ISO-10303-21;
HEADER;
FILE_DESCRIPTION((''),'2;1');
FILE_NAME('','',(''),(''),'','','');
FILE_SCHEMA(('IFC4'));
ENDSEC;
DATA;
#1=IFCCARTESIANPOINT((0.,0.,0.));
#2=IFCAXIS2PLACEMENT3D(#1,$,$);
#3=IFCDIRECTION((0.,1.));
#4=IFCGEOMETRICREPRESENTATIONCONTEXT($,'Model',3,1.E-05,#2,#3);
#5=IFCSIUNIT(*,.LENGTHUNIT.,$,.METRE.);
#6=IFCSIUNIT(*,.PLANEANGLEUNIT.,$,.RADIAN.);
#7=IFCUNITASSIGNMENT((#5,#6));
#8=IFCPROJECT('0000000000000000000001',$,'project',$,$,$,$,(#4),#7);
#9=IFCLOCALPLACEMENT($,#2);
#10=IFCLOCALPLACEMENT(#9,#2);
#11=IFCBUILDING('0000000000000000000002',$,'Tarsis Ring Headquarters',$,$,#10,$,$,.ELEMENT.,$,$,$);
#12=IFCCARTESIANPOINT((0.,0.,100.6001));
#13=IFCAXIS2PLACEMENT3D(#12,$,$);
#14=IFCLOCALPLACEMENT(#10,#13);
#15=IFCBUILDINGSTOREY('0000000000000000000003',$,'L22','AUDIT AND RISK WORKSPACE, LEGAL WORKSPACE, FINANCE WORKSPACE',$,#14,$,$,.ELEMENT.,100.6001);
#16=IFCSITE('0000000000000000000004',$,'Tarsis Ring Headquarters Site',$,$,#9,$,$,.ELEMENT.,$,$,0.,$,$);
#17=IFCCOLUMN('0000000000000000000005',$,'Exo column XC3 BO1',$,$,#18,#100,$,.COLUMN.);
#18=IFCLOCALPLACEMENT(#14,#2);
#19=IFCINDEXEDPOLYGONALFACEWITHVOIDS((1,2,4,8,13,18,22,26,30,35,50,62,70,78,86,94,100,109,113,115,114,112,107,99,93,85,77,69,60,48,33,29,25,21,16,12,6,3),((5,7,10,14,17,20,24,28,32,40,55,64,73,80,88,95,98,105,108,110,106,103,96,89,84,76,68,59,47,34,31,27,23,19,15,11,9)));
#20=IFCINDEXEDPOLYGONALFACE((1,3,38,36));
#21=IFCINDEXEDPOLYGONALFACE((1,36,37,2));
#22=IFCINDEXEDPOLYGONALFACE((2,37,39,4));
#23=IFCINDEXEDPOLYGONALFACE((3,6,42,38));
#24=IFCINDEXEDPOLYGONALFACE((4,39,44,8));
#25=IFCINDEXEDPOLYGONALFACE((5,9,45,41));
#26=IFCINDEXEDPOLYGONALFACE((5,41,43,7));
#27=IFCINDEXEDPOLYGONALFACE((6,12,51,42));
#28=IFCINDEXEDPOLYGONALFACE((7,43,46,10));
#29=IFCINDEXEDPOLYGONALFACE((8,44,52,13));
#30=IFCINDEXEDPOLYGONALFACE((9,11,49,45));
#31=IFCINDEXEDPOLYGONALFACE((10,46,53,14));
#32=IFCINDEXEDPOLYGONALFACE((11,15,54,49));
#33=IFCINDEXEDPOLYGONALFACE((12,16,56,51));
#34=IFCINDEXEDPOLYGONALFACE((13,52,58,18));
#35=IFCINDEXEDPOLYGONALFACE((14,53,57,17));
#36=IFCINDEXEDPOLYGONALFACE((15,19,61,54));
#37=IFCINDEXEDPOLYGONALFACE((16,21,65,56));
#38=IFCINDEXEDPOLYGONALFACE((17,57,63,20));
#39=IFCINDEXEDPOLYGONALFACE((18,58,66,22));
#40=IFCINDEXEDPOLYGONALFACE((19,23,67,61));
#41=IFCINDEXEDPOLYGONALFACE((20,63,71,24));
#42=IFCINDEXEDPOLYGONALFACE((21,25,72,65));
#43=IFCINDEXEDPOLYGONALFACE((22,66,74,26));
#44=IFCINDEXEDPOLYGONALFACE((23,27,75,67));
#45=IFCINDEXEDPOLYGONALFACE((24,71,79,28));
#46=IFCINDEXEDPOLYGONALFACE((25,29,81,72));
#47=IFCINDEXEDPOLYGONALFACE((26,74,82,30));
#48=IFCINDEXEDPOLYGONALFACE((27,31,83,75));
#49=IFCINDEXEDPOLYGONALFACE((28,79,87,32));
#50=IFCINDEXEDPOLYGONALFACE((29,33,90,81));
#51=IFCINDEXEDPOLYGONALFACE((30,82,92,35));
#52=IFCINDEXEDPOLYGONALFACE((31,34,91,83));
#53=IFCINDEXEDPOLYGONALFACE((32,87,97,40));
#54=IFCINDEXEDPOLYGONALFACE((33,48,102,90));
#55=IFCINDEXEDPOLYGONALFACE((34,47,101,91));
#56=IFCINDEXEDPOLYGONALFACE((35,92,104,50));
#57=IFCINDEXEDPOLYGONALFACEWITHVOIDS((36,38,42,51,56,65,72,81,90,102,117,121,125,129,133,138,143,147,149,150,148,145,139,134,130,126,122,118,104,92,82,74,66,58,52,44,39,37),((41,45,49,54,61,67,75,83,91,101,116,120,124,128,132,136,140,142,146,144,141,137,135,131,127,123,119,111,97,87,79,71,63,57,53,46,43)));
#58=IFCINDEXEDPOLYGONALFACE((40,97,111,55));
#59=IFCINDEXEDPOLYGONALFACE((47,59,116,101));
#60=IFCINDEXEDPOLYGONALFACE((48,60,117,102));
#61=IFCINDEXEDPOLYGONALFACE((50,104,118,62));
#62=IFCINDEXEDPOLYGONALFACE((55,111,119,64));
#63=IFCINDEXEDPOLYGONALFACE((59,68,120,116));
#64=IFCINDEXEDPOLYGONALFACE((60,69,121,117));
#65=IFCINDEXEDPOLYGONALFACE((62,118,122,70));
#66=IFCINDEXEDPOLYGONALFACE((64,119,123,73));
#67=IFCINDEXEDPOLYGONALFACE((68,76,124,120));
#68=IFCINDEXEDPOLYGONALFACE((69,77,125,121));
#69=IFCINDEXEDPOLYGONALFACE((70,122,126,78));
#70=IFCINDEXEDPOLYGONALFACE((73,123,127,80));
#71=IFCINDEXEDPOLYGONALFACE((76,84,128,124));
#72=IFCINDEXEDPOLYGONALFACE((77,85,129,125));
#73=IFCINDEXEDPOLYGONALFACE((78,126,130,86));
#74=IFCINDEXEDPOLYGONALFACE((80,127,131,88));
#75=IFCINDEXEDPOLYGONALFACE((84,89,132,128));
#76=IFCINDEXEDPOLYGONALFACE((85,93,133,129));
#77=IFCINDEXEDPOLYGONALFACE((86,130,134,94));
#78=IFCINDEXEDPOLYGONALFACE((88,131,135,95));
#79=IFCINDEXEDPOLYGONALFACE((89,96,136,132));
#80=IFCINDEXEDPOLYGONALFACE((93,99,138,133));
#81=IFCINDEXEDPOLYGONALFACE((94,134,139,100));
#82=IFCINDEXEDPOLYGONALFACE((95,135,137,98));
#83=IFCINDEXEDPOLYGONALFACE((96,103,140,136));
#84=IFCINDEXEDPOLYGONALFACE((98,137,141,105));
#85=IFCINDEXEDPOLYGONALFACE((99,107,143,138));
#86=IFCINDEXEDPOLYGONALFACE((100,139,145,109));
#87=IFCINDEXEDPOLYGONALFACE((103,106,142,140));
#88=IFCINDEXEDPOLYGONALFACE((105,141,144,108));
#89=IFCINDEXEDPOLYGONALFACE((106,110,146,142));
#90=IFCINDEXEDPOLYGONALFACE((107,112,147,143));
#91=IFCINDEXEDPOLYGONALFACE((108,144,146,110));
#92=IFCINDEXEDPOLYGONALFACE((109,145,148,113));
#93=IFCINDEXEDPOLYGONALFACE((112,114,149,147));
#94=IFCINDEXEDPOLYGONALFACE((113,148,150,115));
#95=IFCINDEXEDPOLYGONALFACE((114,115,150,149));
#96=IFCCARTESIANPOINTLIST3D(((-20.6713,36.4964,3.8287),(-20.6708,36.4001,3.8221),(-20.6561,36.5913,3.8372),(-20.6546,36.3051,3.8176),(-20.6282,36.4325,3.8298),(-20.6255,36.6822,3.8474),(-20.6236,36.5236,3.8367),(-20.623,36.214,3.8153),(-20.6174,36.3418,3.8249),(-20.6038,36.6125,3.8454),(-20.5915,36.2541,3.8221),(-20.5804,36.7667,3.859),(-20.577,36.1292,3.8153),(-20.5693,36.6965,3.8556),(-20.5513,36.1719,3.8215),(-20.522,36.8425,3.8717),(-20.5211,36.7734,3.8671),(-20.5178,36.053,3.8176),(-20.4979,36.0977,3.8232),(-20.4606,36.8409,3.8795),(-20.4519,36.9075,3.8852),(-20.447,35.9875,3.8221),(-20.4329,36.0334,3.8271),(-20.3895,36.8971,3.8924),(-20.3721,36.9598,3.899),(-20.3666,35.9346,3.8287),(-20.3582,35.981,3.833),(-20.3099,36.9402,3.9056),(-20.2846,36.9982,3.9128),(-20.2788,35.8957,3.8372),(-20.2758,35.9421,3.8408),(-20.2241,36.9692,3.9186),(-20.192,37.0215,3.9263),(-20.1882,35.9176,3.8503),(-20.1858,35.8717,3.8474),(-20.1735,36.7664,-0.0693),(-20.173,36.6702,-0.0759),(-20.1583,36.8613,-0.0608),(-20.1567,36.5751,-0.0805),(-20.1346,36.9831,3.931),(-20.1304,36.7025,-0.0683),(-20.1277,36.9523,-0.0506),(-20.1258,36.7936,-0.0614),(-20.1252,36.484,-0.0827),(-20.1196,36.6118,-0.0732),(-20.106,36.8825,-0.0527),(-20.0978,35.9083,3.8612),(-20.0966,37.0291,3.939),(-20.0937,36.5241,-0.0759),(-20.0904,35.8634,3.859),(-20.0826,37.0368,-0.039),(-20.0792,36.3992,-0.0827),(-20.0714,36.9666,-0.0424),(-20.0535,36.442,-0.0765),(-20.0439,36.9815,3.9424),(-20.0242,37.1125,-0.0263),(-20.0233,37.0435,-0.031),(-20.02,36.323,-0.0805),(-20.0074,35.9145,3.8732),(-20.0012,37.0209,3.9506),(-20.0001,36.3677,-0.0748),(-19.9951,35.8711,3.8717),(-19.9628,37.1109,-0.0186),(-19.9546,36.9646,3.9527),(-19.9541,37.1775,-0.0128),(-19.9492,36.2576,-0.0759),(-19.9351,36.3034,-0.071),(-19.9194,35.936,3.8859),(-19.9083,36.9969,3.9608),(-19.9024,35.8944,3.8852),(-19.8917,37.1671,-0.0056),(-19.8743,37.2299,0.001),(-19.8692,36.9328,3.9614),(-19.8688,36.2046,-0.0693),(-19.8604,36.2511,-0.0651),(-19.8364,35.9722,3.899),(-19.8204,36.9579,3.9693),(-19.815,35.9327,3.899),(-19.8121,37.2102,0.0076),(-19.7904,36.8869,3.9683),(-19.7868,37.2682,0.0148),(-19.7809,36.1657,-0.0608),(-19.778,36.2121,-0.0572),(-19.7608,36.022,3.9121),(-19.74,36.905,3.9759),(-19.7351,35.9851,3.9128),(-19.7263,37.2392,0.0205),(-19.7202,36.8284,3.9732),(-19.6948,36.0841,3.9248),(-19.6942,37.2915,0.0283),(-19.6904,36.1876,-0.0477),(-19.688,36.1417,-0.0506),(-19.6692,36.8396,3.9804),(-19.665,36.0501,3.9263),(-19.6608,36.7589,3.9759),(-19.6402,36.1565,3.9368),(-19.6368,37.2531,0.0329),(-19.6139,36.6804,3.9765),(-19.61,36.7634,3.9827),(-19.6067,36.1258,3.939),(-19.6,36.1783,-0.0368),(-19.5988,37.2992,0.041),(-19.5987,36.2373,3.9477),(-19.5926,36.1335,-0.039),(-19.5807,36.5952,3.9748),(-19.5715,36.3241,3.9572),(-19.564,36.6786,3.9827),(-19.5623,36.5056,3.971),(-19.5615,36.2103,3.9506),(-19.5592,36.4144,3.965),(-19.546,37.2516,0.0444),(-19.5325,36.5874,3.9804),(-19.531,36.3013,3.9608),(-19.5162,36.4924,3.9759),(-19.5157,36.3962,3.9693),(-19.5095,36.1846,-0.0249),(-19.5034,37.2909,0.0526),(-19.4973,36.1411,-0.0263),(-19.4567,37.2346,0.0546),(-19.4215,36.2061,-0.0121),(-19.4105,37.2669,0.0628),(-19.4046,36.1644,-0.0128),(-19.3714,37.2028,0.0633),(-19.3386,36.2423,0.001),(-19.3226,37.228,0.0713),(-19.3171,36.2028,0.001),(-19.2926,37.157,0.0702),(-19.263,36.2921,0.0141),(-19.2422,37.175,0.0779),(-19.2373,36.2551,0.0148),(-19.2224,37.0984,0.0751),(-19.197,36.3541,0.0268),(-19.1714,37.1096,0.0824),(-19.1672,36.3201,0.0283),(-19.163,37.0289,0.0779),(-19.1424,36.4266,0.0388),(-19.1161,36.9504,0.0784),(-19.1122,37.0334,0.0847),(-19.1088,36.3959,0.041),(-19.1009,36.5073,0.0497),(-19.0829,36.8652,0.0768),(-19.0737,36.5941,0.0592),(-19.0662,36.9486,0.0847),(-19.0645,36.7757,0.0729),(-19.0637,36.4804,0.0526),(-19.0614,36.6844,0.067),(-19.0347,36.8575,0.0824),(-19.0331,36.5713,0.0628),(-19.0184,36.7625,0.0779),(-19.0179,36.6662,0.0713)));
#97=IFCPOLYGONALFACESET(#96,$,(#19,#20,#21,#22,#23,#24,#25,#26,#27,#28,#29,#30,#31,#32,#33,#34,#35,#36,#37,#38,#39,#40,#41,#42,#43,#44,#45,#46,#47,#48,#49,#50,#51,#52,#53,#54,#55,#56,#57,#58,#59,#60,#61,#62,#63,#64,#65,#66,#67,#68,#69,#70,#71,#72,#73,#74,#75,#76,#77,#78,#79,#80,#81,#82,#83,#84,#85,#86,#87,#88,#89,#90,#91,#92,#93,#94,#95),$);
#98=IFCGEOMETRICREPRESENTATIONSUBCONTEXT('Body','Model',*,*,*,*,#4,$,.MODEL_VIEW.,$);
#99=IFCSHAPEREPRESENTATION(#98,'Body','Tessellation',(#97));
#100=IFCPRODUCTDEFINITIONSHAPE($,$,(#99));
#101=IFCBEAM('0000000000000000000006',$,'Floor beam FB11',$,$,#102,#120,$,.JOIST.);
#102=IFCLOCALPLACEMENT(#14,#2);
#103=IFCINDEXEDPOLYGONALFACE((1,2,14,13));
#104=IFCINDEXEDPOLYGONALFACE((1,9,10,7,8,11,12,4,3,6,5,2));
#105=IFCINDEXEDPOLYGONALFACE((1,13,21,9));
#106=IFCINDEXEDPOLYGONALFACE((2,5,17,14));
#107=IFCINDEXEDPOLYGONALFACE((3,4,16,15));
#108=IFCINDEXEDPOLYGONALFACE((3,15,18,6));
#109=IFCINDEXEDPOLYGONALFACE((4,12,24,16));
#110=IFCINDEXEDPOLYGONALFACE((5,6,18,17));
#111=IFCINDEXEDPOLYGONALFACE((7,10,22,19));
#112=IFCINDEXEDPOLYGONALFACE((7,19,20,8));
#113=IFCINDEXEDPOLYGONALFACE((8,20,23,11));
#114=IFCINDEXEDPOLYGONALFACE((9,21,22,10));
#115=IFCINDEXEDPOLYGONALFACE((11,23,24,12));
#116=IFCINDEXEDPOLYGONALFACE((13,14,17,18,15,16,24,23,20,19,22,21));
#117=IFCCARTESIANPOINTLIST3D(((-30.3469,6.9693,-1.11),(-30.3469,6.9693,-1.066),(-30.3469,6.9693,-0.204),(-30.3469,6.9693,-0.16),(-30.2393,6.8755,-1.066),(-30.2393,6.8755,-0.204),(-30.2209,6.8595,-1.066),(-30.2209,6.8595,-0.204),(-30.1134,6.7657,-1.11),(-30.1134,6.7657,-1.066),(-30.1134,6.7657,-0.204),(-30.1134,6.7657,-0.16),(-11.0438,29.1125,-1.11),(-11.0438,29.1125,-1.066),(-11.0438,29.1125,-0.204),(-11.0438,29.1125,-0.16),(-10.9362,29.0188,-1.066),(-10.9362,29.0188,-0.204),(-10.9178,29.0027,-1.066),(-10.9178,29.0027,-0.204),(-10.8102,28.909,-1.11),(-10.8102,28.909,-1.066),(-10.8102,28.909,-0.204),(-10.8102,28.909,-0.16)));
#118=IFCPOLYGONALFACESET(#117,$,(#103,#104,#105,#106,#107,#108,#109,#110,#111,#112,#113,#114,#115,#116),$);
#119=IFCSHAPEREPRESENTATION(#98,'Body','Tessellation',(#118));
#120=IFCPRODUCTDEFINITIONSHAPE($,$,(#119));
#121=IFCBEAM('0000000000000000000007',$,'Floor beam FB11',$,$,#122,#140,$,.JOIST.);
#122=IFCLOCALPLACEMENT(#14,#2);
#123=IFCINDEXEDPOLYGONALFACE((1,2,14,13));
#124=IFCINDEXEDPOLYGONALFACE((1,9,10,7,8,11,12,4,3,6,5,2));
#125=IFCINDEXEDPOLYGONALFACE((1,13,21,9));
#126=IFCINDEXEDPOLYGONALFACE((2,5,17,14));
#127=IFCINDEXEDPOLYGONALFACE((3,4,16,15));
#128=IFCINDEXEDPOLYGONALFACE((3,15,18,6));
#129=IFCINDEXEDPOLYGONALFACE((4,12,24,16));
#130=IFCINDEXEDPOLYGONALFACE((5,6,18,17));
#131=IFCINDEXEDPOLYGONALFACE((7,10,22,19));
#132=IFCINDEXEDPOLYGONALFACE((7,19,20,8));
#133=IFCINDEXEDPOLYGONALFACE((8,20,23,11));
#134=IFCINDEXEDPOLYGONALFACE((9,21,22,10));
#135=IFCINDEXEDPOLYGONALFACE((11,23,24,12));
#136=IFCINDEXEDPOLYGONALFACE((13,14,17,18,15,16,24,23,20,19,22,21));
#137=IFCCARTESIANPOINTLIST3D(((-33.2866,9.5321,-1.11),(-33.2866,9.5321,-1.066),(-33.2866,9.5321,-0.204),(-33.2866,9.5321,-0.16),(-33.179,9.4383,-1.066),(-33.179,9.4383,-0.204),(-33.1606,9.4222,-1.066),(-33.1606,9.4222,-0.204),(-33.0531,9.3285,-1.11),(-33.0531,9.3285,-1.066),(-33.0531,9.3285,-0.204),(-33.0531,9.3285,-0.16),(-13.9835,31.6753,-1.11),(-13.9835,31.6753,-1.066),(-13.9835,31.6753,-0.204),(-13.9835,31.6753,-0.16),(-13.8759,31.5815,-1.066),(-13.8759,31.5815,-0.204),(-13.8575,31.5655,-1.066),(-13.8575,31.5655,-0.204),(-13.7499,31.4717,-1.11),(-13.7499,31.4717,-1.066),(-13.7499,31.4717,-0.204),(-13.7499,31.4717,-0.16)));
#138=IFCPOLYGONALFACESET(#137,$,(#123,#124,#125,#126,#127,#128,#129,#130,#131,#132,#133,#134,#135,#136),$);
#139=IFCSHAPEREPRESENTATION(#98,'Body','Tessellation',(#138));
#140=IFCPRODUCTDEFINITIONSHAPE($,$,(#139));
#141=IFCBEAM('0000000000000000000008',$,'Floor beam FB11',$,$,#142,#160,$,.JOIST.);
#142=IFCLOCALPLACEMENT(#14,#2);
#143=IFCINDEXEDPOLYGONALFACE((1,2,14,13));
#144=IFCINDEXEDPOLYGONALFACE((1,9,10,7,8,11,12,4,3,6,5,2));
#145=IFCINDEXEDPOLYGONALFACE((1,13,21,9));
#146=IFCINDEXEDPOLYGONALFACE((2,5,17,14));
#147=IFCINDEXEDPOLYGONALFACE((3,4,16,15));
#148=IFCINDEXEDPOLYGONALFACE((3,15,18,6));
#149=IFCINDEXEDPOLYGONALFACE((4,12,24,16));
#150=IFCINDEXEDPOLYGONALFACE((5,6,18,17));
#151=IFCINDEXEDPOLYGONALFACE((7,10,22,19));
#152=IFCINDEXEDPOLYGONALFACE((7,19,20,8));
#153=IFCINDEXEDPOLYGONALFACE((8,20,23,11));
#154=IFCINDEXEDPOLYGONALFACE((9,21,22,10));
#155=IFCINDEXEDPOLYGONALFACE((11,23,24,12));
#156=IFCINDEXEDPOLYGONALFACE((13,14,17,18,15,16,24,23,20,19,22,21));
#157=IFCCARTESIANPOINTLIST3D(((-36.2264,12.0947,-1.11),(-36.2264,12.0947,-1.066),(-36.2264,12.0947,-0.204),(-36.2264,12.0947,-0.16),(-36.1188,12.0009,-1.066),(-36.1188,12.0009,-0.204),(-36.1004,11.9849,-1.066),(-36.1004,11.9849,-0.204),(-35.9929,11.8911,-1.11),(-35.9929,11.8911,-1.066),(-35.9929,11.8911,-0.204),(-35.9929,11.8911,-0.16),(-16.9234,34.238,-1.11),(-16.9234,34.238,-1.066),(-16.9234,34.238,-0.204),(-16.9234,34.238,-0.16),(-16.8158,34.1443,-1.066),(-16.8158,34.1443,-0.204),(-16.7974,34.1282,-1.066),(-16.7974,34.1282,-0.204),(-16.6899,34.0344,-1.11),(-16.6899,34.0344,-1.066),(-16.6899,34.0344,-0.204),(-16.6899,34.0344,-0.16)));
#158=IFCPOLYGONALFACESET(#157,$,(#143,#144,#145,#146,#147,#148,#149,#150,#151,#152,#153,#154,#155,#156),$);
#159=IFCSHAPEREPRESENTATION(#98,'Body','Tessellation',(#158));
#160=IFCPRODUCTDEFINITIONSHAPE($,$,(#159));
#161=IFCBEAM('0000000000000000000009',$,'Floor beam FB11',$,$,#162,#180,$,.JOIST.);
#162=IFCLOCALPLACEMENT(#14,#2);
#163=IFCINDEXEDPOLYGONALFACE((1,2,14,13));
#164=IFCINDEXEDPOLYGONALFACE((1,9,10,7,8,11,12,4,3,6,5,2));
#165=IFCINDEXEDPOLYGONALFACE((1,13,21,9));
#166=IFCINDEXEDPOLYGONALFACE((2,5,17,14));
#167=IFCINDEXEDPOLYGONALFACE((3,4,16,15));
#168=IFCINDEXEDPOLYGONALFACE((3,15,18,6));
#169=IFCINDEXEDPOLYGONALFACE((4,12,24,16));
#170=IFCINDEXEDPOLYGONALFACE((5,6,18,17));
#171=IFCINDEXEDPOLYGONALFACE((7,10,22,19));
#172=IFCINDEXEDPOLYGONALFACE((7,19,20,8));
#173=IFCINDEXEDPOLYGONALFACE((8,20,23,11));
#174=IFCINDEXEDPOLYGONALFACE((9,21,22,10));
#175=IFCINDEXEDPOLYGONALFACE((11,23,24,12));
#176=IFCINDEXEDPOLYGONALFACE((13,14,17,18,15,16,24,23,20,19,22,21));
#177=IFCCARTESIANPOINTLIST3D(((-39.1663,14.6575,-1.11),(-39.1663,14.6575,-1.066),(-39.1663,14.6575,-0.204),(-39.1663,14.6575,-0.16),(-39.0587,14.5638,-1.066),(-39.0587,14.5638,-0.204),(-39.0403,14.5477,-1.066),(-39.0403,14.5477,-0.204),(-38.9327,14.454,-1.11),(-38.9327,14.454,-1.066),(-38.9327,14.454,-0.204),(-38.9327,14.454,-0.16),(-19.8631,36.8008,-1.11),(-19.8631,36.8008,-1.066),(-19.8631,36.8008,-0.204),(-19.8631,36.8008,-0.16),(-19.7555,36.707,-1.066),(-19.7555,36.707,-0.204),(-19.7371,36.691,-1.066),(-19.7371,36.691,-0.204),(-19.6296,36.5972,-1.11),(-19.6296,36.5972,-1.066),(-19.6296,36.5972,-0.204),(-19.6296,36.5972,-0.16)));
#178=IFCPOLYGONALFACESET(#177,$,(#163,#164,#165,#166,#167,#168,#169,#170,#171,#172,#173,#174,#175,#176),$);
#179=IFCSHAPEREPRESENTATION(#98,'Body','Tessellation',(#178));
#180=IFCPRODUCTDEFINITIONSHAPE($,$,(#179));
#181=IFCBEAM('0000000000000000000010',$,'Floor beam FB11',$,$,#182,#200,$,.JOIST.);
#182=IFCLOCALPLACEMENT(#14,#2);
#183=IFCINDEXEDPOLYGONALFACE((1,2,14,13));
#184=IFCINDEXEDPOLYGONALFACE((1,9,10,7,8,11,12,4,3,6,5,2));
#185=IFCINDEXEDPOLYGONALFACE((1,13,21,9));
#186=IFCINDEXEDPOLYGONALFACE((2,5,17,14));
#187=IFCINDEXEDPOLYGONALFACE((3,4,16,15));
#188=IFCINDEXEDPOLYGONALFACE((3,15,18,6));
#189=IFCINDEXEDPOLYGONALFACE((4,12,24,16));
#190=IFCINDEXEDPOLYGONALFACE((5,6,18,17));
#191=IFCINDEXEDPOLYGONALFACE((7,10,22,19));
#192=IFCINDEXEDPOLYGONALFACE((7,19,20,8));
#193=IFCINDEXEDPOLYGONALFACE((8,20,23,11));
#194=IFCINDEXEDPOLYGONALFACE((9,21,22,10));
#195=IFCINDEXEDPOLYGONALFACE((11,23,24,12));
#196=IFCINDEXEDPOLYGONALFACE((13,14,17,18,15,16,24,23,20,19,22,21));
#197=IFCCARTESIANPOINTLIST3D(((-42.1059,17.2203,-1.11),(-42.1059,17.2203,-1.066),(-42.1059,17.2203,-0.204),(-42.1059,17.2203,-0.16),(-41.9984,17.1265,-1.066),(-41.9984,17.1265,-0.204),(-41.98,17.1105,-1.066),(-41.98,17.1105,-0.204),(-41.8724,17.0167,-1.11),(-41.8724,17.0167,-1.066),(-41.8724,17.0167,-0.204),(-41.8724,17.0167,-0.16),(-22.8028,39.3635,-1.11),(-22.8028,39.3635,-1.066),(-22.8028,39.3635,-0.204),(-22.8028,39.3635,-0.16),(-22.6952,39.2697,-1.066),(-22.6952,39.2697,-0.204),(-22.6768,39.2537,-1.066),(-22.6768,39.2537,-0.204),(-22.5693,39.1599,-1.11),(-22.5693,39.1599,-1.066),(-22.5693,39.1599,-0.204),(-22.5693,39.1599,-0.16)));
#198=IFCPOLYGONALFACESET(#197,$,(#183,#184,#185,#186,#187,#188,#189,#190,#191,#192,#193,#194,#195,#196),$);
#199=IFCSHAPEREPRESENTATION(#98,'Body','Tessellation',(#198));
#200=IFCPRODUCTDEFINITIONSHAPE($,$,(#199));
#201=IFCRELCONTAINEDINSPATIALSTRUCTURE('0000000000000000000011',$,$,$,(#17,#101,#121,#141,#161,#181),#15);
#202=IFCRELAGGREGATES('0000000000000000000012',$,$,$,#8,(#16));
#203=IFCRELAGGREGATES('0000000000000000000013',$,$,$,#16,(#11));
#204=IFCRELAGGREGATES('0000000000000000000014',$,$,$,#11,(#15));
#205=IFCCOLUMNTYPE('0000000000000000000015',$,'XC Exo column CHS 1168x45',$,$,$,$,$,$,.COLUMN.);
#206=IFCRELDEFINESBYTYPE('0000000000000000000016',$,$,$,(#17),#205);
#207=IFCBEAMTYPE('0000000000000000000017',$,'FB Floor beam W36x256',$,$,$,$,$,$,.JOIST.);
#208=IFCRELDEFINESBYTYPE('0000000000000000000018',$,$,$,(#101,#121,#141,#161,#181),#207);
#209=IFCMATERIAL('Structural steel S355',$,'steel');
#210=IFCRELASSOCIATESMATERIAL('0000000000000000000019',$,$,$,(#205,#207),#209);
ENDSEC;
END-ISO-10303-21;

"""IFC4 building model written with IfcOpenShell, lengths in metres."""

from ifc_helpers import new_model, si_unit, direction, frame, origin, origin_2d, place, context, subcontext, project, spatial, hollow_circle, i_section, extrude, material, material_profile, profile_set, type_object, element, save


model = new_model("IFC4")

# Units and contexts
model_context = context("Model", 3, precision=1e-05, world=origin(), true_north=direction((0.0, 1.0)))
body_context = subcontext(model_context, "Body", "Model", "MODEL_VIEW")
ifc_project = project(units=[si_unit("LENGTHUNIT", "METRE"), si_unit("PLANEANGLEUNIT", "RADIAN")], contexts=[model_context])

# Site, building, storey
site_placement = place(None, origin())
site = spatial("IfcSite", under=ifc_project, at=site_placement, Name="Tarsis Ring Headquarters Site", CompositionType="ELEMENT", RefElevation=0.0)
building_placement = place(site_placement, origin())
building = spatial("IfcBuilding", under=site, at=building_placement, Name="Tarsis Ring Headquarters", CompositionType="ELEMENT")
storey_placement = place(building_placement, frame((0.0, 0.0, 100.6001)))
storey = spatial("IfcBuildingStorey", under=building, at=storey_placement, Name="L22", Description="AUDIT AND RISK WORKSPACE, LEGAL WORKSPACE, FINANCE WORKSPACE", CompositionType="ELEMENT", Elevation=100.6001)

# Column
ifc_material_1 = material(Name="Structural steel S355", Category="steel")
ifc_material_profile_1 = material_profile(ifc_material_1, hollow_circle(Radius=0.5842, WallThickness=0.0449, at=origin_2d()), Name="CHS 1168x45")
ifc_profile_set_1 = profile_set([ifc_material_profile_1], Name="Structural steel S355")
column_type = type_object("IfcColumnType", Name="XC Exo column CHS 1168x45", PredefinedType="COLUMN", material=ifc_profile_set_1)
column_placement = place(storey_placement, frame((-19.5957, 36.7163, 0.001), z_axis=(-0.126382, -0.068552, 0.98961), x_axis=(0.476797, -0.879013, 0.0)))
element("IfcColumn", 1, at=column_placement, inside=storey, type_object=column_type, Name="Exo column XC3 BO1", PredefinedType="COLUMN", context=body_context, shape_type="SweptSolid", body=[
    extrude(hollow_circle(Radius=0.5842, WallThickness=0.0449, at=origin_2d()), origin(), (0.0, 0.0, 1.0), 3.939),
])

# Beams
ifc_material_profile_2 = material_profile(ifc_material_1, i_section(OverallWidth=0.3098, OverallDepth=0.95, WebThickness=0.0244, FlangeThickness=0.0439, at=origin_2d()), Name="W36x256")
ifc_profile_set_2 = profile_set([ifc_material_profile_2], Name="Structural steel S355")
beam_type_1 = type_object("IfcBeamType", Name="FB Floor beam W36x256", PredefinedType="JOIST", material=ifc_profile_set_2)
for number, where, z_axis, x_axis, name in (
    (2, (-10.927, 29.0107, -0.635), (-0.657112, -0.753793, 0.0), (0.753793, -0.657112, 0.0), "Floor beam FB11"),
    (3, (-13.8667, 31.5735, -0.635), (-0.657112, -0.753793, 0.0), (0.753793, -0.657112, 0.0), "Floor beam FB11"),
    (4, (-16.8066, 34.1362, -0.635), (-0.657107, -0.753797, 0.0), (0.753797, -0.657107, 0.0), "Floor beam FB11"),
    (5, (-19.7463, 36.699, -0.635), (-0.657112, -0.753793, 0.0), (0.753793, -0.657112, 0.0), "Floor beam FB11"),
    (6, (-22.686, 39.2617, -0.635), (-0.657112, -0.753793, 0.0), (0.753793, -0.657112, 0.0), "Floor beam FB11"),
):
    element("IfcBeam", number, at=place(storey_placement, frame(where, z_axis=z_axis, x_axis=x_axis)), inside=storey, type_object=beam_type_1, Name=name, PredefinedType="JOIST", context=body_context, shape_type="SweptSolid", body=[
        extrude(i_section(OverallWidth=0.3098, OverallDepth=0.95, WebThickness=0.0244, FlangeThickness=0.0439, at=origin_2d()), origin(), (0.0, 0.0, 1.0), 29.3757),
    ])

save(model, "model.ifc")
